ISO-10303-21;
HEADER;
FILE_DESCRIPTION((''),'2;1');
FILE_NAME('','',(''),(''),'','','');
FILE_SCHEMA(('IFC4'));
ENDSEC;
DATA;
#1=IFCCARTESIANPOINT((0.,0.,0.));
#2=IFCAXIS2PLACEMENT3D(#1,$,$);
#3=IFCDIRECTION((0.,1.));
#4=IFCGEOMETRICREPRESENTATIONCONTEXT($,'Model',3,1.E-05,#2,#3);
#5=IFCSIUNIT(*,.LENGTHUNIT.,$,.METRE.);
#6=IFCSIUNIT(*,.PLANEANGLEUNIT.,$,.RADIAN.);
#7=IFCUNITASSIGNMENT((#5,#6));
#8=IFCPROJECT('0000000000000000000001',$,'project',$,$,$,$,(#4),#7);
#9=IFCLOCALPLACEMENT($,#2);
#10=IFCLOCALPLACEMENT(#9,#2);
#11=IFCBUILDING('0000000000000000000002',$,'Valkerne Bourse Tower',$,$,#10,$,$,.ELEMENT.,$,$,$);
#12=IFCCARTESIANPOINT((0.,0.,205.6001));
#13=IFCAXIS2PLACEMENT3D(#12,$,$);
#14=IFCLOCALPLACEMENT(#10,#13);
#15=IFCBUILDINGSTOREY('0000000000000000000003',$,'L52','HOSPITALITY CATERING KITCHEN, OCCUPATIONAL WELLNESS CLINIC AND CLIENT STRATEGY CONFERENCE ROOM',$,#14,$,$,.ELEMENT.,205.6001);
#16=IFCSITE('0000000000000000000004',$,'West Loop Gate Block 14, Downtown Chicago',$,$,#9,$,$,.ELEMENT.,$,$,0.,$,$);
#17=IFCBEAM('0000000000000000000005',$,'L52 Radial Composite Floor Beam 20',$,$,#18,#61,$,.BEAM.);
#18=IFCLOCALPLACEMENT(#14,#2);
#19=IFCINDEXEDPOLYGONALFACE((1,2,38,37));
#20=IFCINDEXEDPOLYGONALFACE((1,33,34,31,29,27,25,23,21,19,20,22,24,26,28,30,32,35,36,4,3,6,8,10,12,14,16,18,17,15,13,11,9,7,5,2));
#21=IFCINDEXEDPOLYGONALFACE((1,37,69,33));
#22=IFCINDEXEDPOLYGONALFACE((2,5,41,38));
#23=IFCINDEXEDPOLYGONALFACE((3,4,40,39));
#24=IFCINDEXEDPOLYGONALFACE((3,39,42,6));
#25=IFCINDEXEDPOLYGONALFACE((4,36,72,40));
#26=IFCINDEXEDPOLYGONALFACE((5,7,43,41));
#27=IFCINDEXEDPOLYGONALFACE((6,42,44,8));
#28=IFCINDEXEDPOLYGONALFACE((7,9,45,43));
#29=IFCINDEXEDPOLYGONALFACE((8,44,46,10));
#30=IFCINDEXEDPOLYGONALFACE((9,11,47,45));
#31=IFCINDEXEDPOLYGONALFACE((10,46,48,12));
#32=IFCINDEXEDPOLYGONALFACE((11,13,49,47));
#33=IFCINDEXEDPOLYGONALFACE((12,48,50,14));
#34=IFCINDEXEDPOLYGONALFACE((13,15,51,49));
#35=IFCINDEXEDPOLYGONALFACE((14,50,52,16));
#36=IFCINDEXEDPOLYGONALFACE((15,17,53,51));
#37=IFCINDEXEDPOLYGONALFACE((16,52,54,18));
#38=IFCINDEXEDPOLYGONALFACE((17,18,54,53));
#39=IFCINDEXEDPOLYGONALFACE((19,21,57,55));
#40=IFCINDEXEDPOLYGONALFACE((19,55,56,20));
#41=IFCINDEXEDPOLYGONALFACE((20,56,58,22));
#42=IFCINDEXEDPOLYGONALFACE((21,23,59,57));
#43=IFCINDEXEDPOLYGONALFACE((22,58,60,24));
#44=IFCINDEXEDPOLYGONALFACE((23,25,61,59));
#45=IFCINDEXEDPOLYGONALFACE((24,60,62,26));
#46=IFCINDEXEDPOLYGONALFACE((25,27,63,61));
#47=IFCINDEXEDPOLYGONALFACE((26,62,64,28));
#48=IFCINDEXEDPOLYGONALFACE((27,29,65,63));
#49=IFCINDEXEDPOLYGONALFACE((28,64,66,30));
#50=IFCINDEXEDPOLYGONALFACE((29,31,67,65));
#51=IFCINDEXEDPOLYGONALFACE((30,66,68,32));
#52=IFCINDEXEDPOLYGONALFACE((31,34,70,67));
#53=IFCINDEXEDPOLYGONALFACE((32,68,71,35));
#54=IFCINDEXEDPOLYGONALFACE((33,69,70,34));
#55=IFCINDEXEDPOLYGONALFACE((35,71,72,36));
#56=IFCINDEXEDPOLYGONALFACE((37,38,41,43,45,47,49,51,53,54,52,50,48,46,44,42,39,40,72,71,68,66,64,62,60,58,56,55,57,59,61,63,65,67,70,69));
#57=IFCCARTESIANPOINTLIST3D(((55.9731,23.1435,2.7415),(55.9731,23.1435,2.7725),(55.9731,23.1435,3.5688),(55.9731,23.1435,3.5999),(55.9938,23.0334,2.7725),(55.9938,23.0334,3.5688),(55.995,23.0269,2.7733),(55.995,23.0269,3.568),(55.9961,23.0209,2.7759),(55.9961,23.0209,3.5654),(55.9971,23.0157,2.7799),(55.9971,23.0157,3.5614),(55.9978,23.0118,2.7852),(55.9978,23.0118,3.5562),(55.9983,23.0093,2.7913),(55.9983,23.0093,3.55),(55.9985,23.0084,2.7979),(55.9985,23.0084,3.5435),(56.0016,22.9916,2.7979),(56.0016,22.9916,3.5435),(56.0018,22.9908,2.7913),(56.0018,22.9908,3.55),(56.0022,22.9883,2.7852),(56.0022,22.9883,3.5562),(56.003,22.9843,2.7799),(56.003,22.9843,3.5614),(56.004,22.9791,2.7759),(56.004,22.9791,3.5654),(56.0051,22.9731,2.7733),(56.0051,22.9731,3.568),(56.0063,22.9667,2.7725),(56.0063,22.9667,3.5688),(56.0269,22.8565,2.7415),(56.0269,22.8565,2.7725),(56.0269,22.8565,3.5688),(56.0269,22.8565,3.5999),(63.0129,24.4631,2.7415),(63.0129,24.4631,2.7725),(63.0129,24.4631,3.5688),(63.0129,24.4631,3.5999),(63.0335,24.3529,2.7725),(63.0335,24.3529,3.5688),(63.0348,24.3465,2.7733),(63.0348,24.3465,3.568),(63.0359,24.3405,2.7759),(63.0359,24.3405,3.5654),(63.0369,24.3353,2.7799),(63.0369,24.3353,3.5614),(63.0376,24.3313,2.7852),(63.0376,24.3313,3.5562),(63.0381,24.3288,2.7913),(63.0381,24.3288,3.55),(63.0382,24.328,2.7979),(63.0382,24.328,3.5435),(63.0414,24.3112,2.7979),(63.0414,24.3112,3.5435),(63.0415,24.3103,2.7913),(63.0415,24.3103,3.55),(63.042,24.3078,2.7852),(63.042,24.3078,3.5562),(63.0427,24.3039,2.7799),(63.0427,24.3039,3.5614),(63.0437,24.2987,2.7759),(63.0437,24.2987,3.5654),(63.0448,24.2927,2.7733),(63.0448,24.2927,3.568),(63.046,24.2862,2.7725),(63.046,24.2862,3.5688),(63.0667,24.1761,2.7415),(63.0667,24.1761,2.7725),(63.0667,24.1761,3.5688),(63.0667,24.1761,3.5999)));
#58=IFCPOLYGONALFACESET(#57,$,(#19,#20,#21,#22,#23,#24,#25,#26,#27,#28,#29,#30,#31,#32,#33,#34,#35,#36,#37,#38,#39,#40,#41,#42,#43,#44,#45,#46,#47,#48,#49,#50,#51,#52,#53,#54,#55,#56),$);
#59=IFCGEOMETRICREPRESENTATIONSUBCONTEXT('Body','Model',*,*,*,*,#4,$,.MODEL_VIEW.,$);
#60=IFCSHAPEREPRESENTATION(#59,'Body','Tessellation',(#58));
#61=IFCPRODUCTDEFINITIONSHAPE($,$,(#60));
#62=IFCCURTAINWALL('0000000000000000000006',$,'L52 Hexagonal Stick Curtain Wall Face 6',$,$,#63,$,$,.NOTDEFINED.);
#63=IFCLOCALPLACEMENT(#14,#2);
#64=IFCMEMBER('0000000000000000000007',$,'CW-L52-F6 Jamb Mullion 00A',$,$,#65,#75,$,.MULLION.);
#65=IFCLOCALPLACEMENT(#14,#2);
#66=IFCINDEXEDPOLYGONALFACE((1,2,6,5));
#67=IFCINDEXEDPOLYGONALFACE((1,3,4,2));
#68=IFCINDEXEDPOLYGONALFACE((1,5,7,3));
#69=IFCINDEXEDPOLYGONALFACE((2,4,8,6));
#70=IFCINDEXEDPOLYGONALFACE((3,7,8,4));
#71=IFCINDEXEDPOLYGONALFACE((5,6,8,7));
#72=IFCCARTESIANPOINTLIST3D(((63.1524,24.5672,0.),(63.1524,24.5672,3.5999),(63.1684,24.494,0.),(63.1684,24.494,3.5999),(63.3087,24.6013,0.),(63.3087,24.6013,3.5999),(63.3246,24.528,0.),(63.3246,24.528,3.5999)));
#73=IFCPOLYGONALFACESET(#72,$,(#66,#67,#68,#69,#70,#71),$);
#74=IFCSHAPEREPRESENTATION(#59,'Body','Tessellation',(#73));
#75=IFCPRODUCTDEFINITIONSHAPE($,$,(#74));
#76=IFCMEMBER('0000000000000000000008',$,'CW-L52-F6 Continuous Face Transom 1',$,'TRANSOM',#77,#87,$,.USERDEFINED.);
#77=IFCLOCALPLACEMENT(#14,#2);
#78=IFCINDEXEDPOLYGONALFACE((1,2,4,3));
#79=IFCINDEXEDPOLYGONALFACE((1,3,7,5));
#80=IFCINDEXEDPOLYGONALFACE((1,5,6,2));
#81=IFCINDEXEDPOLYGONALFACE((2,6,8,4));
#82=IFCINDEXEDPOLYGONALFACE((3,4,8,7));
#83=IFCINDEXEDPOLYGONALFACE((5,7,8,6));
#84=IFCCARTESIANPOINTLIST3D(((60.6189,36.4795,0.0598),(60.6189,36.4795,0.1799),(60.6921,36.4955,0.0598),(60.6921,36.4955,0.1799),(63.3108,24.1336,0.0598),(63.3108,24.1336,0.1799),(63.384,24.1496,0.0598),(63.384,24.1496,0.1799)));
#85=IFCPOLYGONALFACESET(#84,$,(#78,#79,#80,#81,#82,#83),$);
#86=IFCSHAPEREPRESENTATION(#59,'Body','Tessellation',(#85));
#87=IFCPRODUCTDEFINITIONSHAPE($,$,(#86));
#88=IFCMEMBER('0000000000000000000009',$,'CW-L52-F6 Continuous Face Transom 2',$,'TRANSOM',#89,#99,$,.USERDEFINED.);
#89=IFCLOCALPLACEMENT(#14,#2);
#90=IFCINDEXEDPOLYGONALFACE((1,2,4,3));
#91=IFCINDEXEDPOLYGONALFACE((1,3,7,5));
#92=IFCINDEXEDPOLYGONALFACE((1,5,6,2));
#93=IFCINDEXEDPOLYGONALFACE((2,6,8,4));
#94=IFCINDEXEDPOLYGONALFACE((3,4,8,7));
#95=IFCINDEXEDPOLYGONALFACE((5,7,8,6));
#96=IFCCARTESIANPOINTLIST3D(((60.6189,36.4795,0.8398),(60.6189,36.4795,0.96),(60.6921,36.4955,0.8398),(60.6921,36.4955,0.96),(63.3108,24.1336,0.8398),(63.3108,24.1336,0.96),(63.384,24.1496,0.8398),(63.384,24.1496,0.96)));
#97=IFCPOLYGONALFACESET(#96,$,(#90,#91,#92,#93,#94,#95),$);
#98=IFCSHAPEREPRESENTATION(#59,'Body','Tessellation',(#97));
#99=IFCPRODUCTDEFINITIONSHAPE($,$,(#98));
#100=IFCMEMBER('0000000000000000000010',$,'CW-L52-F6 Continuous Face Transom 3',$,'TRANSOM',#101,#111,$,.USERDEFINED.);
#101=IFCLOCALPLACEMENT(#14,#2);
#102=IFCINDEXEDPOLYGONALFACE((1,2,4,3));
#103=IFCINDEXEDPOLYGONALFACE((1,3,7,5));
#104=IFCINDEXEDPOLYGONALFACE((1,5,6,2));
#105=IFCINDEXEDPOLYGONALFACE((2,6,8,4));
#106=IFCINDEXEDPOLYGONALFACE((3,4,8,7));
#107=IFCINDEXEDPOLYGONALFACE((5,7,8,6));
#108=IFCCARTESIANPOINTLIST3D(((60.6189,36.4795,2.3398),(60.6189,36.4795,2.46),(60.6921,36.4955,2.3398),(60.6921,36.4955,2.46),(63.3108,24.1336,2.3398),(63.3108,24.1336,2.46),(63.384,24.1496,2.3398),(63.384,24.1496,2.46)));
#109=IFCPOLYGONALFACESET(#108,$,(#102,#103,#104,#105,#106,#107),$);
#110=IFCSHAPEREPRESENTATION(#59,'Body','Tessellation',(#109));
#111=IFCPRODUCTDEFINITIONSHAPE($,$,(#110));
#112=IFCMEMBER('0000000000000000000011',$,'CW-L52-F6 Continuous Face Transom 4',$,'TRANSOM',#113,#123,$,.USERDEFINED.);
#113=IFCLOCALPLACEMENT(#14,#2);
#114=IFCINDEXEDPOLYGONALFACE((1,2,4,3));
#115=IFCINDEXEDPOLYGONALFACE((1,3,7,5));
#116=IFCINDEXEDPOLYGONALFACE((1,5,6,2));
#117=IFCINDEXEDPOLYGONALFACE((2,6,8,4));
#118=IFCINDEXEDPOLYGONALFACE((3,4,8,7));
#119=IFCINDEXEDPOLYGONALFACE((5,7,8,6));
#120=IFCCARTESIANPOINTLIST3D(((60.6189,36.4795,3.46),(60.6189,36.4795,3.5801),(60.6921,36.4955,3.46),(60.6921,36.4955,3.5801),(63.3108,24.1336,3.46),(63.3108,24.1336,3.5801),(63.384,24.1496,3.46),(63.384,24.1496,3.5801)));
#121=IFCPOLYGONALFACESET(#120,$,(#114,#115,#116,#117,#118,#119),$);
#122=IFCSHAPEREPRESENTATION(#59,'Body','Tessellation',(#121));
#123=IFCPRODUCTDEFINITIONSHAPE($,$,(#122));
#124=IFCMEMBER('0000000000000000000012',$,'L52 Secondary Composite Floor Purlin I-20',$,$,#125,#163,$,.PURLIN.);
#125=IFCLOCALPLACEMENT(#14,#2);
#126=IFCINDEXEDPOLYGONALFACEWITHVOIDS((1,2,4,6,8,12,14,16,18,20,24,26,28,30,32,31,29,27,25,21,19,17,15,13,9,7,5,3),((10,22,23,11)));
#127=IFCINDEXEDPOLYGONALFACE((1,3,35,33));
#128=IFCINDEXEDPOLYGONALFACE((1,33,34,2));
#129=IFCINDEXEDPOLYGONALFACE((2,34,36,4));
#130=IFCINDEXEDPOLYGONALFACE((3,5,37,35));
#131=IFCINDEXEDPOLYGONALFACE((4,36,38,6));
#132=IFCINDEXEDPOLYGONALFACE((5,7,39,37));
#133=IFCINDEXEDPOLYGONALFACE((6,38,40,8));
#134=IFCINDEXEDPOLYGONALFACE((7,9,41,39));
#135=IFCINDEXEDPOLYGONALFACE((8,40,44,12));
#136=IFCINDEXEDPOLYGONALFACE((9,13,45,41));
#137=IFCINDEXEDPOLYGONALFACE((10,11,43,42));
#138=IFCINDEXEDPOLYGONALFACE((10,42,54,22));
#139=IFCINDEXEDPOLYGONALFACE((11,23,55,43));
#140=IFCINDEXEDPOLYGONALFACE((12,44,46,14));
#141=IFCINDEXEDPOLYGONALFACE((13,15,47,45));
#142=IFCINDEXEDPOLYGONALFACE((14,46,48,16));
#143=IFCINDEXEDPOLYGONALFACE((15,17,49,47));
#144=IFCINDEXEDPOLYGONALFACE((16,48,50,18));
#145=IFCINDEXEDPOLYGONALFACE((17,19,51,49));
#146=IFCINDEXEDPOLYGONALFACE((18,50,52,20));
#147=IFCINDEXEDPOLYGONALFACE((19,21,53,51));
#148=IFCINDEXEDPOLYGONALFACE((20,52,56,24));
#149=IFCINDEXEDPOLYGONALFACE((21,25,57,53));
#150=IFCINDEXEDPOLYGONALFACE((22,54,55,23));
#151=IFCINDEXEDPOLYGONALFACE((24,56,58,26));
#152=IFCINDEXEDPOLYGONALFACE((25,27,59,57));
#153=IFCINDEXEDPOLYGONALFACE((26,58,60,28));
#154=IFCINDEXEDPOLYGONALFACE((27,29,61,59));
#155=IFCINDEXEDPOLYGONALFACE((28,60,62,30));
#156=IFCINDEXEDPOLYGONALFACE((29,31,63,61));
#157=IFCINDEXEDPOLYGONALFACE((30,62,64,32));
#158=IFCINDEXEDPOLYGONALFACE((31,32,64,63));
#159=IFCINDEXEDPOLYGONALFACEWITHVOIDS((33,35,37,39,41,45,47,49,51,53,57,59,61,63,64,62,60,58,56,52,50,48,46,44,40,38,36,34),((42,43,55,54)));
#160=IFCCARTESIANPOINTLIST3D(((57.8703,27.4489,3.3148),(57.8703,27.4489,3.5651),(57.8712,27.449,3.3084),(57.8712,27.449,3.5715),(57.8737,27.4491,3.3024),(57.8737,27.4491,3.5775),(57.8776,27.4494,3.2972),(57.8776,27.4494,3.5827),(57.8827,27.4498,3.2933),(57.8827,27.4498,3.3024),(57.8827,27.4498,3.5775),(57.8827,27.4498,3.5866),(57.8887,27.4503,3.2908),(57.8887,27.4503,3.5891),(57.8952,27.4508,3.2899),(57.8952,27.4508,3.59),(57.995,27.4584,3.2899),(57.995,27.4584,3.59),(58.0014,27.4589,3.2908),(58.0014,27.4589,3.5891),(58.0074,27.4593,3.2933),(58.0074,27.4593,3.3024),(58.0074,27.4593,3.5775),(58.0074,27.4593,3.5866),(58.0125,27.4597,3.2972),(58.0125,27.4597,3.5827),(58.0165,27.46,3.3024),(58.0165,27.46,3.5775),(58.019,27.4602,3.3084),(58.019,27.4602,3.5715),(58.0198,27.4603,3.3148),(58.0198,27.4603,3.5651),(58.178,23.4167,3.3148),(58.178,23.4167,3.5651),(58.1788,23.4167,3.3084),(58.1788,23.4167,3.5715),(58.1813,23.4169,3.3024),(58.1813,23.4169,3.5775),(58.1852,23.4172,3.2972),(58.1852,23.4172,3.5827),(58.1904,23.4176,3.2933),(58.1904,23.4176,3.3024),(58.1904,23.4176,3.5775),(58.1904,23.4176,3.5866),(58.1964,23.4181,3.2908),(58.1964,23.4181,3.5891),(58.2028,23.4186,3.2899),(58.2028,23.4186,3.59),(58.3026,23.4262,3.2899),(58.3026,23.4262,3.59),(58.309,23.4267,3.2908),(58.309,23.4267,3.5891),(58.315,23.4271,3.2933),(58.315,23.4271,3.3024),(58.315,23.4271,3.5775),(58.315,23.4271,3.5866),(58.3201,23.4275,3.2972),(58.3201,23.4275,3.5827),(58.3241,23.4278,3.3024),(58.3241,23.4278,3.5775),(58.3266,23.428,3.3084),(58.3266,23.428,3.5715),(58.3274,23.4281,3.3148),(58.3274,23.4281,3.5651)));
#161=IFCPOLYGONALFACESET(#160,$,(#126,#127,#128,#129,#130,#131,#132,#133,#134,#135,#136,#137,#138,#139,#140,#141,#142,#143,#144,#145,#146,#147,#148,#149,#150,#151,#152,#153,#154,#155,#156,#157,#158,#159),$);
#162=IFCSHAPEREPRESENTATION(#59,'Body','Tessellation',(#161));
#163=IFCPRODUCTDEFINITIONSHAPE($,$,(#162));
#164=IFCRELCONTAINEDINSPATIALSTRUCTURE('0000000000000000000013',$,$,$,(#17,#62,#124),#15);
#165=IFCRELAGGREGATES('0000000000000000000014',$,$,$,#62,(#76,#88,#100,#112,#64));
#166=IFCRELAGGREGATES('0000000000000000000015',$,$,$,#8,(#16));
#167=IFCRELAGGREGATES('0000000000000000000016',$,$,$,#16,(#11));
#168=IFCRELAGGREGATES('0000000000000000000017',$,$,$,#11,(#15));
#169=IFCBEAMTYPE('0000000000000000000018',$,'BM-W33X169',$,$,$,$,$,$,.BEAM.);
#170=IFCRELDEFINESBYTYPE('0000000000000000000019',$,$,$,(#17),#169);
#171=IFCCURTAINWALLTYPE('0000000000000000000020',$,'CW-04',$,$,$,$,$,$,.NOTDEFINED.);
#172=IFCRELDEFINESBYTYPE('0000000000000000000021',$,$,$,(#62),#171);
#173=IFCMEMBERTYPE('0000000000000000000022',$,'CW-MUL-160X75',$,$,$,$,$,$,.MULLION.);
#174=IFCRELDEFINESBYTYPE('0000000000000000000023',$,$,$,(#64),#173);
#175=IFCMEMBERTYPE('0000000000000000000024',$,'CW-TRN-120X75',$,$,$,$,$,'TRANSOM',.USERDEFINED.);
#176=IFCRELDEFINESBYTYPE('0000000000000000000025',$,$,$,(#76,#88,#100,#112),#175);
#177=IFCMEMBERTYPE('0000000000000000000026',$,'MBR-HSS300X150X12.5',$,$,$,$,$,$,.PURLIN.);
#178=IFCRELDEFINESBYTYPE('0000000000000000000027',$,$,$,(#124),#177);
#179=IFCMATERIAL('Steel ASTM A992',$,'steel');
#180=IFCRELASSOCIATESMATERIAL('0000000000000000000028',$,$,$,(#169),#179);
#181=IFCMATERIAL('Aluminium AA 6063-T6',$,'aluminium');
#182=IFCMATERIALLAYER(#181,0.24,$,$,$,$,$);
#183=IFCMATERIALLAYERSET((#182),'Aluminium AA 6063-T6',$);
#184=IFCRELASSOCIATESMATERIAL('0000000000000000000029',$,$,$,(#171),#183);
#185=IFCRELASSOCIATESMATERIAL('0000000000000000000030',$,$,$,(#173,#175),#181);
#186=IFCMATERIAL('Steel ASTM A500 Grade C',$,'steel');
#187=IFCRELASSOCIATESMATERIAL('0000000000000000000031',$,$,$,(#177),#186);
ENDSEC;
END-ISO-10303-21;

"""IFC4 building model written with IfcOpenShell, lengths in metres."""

from ifc_helpers import new_model, si_unit, direction, frame, origin, origin_2d, place, context, subcontext, project, spatial, rectangle, hollow_rectangle, i_section, extrude, material, layer, layer_set, material_profile, profile_set, type_object, element, aggregate, save


model = new_model("IFC4")

# Units and contexts
model_context = context("Model", 3, precision=1e-05, world=origin(), true_north=direction((0.0, 1.0)))
body_context = subcontext(model_context, "Body", "Model", "MODEL_VIEW")
ifc_project = project(units=[si_unit("LENGTHUNIT", "METRE"), si_unit("PLANEANGLEUNIT", "RADIAN")], contexts=[model_context])

# Site, building, storey
site_placement = place(None, origin())
site = spatial("IfcSite", under=ifc_project, at=site_placement, Name="West Loop Gate Block 14, Downtown Chicago", CompositionType="ELEMENT", RefElevation=0.0)
building_placement = place(site_placement, origin())
building = spatial("IfcBuilding", under=site, at=building_placement, Name="Valkerne Bourse Tower", CompositionType="ELEMENT")
storey_placement = place(building_placement, frame((0.0, 0.0, 205.6001)))
storey = spatial("IfcBuildingStorey", under=building, at=storey_placement, Name="L52", Description="HOSPITALITY CATERING KITCHEN, OCCUPATIONAL WELLNESS CLINIC AND CLIENT STRATEGY CONFERENCE ROOM", CompositionType="ELEMENT", Elevation=205.6001)

# Beam
ifc_material_1 = material(Name="Steel ASTM A992", Category="steel")
ifc_material_profile_1 = material_profile(ifc_material_1, i_section(OverallWidth=0.292, OverallDepth=0.8584, WebThickness=0.0171, FlangeThickness=0.031, FilletRadius=0.0254, at=origin_2d()), Name="W33X169")
ifc_profile_set_1 = profile_set([ifc_material_profile_1], Name="Steel ASTM A992")
beam_type_1 = type_object("IfcBeamType", Name="BM-W33X169", PredefinedType="BEAM", material=ifc_profile_set_1)
beam_1_placement = place(storey_placement, frame((63.0398, 24.3196, 3.1707), z_axis=(-0.982882, -0.184237, 0.0), x_axis=(0.184237, -0.982882, 0.0)))
element("IfcBeam", 1, at=beam_1_placement, inside=storey, type_object=beam_type_1, Name="L52 Radial Composite Floor Beam 20", PredefinedType="BEAM", context=body_context, shape_type="SweptSolid", body=[
    extrude(i_section(OverallWidth=0.292, OverallDepth=0.8584, WebThickness=0.0171, FlangeThickness=0.031, FilletRadius=0.0254, at=origin_2d()), origin(), (0.0, 0.0, 1.0), 7.1624),
])

# Curtain wall, members
ifc_material_2 = material(Name="Aluminium AA 6063-T6", Category="aluminium")
ifc_layer_1 = layer(ifc_material_2, 0.24)
ifc_layer_set_1 = layer_set([ifc_layer_1], Name="Aluminium AA 6063-T6")
curtain_wall_type = type_object("IfcCurtainWallType", Name="CW-04", PredefinedType="NOTDEFINED", material=ifc_layer_set_1)
curtain_wall_placement = place(storey_placement, origin())
curtain_wall = element("IfcCurtainWall", 2, at=curtain_wall_placement, inside=storey, type_object=curtain_wall_type, Name="L52 Hexagonal Stick Curtain Wall Face 6", PredefinedType="NOTDEFINED")
ifc_material_profile_2 = material_profile(ifc_material_2, rectangle(XDim=0.075, YDim=0.1599, at=origin_2d()), Name="CWM-75X160")
ifc_profile_set_2 = profile_set([ifc_material_profile_2], Name="Aluminium AA 6063-T6")
member_type_1 = type_object("IfcMemberType", Name="CW-MUL-160X75", PredefinedType="MULLION", material=ifc_profile_set_2)
member_1_placement = place(storey_placement, frame((63.2385, 24.5476, 0.0), z_axis=(0.0, 0.0, 1.0), x_axis=(-0.213035, 0.977045, 0.0)))
member_1 = element("IfcMember", 3, at=member_1_placement, type_object=member_type_1, Name="CW-L52-F6 Jamb Mullion 00A", PredefinedType="MULLION", context=body_context, shape_type="SweptSolid", body=[
    extrude(rectangle(XDim=0.075, YDim=0.1599, at=origin_2d()), origin(), (0.0, 0.0, 1.0), 3.5999),
])
ifc_material_profile_3 = material_profile(ifc_material_2, rectangle(XDim=0.075, YDim=0.1201, at=origin_2d()), Name="CWT-75X120")
ifc_profile_set_3 = profile_set([ifc_material_profile_3], Name="Aluminium AA 6063-T6")
member_type_2 = type_object("IfcMemberType", Name="CW-TRN-120X75", ElementType="TRANSOM", PredefinedType="USERDEFINED", material=ifc_profile_set_3)
member_2_placement = place(storey_placement, frame((63.3474, 24.1416, 0.1199), z_axis=(-0.213034, 0.977045, 0.0), x_axis=(-0.977045, -0.213034, 0.0)))
member_2 = element("IfcMember", 4, at=member_2_placement, type_object=member_type_2, Name="CW-L52-F6 Continuous Face Transom 1", ObjectType="TRANSOM", PredefinedType="USERDEFINED", context=body_context, shape_type="SweptSolid", body=[
    extrude(rectangle(XDim=0.075, YDim=0.1201, at=origin_2d()), origin(), (0.0, 0.0, 1.0), 12.636),
])
member_3_placement = place(storey_placement, frame((63.3474, 24.1416, 0.8999), z_axis=(-0.213034, 0.977045, 0.0), x_axis=(-0.977045, -0.213034, 0.0)))
member_3 = element("IfcMember", 5, at=member_3_placement, type_object=member_type_2, Name="CW-L52-F6 Continuous Face Transom 2", ObjectType="TRANSOM", PredefinedType="USERDEFINED", context=body_context, shape_type="SweptSolid", body=[
    extrude(rectangle(XDim=0.075, YDim=0.1201, at=origin_2d()), origin(), (0.0, 0.0, 1.0), 12.636),
])
member_4_placement = place(storey_placement, frame((63.3474, 24.1416, 2.3999), z_axis=(-0.213034, 0.977045, 0.0), x_axis=(-0.977045, -0.213034, 0.0)))
member_4 = element("IfcMember", 6, at=member_4_placement, type_object=member_type_2, Name="CW-L52-F6 Continuous Face Transom 3", ObjectType="TRANSOM", PredefinedType="USERDEFINED", context=body_context, shape_type="SweptSolid", body=[
    extrude(rectangle(XDim=0.075, YDim=0.1201, at=origin_2d()), origin(), (0.0, 0.0, 1.0), 12.636),
])
member_5_placement = place(storey_placement, frame((63.3474, 24.1416, 3.52), z_axis=(-0.213034, 0.977045, 0.0), x_axis=(-0.977045, -0.213034, 0.0)))
member_5 = element("IfcMember", 7, at=member_5_placement, type_object=member_type_2, Name="CW-L52-F6 Continuous Face Transom 4", ObjectType="TRANSOM", PredefinedType="USERDEFINED", context=body_context, shape_type="SweptSolid", body=[
    extrude(rectangle(XDim=0.075, YDim=0.1201, at=origin_2d()), origin(), (0.0, 0.0, 1.0), 12.636),
])
aggregate(curtain_wall, [member_2, member_3, member_4, member_5, member_1])

# Member
ifc_material_3 = material(Name="Steel ASTM A500 Grade C", Category="steel")
ifc_material_profile_4 = material_profile(ifc_material_3, hollow_rectangle(XDim=0.1499, YDim=0.3, WallThickness=0.0125, OuterFilletRadius=0.0249, at=origin_2d()), Name="HSS300X150X12.5")
ifc_profile_set_4 = profile_set([ifc_material_profile_4], Name="Steel ASTM A500 Grade C")
member_type_3 = type_object("IfcMemberType", Name="MBR-HSS300X150X12.5", PredefinedType="PURLIN", material=ifc_profile_set_4)
member_6_placement = place(storey_placement, frame((58.2527, 23.4224, 3.4399), z_axis=(-0.076069, 0.997103, 0.0), x_axis=(-0.997103, -0.076069, 0.0)))
element("IfcMember", 8, at=member_6_placement, inside=storey, type_object=member_type_3, Name="L52 Secondary Composite Floor Purlin I-20", PredefinedType="PURLIN", context=body_context, shape_type="SweptSolid", body=[
    extrude(hollow_rectangle(XDim=0.1499, YDim=0.3, WallThickness=0.0125, OuterFilletRadius=0.0249, at=origin_2d()), origin(), (0.0, 0.0, 1.0), 4.0439),
])

save(model, "model.ifc")
